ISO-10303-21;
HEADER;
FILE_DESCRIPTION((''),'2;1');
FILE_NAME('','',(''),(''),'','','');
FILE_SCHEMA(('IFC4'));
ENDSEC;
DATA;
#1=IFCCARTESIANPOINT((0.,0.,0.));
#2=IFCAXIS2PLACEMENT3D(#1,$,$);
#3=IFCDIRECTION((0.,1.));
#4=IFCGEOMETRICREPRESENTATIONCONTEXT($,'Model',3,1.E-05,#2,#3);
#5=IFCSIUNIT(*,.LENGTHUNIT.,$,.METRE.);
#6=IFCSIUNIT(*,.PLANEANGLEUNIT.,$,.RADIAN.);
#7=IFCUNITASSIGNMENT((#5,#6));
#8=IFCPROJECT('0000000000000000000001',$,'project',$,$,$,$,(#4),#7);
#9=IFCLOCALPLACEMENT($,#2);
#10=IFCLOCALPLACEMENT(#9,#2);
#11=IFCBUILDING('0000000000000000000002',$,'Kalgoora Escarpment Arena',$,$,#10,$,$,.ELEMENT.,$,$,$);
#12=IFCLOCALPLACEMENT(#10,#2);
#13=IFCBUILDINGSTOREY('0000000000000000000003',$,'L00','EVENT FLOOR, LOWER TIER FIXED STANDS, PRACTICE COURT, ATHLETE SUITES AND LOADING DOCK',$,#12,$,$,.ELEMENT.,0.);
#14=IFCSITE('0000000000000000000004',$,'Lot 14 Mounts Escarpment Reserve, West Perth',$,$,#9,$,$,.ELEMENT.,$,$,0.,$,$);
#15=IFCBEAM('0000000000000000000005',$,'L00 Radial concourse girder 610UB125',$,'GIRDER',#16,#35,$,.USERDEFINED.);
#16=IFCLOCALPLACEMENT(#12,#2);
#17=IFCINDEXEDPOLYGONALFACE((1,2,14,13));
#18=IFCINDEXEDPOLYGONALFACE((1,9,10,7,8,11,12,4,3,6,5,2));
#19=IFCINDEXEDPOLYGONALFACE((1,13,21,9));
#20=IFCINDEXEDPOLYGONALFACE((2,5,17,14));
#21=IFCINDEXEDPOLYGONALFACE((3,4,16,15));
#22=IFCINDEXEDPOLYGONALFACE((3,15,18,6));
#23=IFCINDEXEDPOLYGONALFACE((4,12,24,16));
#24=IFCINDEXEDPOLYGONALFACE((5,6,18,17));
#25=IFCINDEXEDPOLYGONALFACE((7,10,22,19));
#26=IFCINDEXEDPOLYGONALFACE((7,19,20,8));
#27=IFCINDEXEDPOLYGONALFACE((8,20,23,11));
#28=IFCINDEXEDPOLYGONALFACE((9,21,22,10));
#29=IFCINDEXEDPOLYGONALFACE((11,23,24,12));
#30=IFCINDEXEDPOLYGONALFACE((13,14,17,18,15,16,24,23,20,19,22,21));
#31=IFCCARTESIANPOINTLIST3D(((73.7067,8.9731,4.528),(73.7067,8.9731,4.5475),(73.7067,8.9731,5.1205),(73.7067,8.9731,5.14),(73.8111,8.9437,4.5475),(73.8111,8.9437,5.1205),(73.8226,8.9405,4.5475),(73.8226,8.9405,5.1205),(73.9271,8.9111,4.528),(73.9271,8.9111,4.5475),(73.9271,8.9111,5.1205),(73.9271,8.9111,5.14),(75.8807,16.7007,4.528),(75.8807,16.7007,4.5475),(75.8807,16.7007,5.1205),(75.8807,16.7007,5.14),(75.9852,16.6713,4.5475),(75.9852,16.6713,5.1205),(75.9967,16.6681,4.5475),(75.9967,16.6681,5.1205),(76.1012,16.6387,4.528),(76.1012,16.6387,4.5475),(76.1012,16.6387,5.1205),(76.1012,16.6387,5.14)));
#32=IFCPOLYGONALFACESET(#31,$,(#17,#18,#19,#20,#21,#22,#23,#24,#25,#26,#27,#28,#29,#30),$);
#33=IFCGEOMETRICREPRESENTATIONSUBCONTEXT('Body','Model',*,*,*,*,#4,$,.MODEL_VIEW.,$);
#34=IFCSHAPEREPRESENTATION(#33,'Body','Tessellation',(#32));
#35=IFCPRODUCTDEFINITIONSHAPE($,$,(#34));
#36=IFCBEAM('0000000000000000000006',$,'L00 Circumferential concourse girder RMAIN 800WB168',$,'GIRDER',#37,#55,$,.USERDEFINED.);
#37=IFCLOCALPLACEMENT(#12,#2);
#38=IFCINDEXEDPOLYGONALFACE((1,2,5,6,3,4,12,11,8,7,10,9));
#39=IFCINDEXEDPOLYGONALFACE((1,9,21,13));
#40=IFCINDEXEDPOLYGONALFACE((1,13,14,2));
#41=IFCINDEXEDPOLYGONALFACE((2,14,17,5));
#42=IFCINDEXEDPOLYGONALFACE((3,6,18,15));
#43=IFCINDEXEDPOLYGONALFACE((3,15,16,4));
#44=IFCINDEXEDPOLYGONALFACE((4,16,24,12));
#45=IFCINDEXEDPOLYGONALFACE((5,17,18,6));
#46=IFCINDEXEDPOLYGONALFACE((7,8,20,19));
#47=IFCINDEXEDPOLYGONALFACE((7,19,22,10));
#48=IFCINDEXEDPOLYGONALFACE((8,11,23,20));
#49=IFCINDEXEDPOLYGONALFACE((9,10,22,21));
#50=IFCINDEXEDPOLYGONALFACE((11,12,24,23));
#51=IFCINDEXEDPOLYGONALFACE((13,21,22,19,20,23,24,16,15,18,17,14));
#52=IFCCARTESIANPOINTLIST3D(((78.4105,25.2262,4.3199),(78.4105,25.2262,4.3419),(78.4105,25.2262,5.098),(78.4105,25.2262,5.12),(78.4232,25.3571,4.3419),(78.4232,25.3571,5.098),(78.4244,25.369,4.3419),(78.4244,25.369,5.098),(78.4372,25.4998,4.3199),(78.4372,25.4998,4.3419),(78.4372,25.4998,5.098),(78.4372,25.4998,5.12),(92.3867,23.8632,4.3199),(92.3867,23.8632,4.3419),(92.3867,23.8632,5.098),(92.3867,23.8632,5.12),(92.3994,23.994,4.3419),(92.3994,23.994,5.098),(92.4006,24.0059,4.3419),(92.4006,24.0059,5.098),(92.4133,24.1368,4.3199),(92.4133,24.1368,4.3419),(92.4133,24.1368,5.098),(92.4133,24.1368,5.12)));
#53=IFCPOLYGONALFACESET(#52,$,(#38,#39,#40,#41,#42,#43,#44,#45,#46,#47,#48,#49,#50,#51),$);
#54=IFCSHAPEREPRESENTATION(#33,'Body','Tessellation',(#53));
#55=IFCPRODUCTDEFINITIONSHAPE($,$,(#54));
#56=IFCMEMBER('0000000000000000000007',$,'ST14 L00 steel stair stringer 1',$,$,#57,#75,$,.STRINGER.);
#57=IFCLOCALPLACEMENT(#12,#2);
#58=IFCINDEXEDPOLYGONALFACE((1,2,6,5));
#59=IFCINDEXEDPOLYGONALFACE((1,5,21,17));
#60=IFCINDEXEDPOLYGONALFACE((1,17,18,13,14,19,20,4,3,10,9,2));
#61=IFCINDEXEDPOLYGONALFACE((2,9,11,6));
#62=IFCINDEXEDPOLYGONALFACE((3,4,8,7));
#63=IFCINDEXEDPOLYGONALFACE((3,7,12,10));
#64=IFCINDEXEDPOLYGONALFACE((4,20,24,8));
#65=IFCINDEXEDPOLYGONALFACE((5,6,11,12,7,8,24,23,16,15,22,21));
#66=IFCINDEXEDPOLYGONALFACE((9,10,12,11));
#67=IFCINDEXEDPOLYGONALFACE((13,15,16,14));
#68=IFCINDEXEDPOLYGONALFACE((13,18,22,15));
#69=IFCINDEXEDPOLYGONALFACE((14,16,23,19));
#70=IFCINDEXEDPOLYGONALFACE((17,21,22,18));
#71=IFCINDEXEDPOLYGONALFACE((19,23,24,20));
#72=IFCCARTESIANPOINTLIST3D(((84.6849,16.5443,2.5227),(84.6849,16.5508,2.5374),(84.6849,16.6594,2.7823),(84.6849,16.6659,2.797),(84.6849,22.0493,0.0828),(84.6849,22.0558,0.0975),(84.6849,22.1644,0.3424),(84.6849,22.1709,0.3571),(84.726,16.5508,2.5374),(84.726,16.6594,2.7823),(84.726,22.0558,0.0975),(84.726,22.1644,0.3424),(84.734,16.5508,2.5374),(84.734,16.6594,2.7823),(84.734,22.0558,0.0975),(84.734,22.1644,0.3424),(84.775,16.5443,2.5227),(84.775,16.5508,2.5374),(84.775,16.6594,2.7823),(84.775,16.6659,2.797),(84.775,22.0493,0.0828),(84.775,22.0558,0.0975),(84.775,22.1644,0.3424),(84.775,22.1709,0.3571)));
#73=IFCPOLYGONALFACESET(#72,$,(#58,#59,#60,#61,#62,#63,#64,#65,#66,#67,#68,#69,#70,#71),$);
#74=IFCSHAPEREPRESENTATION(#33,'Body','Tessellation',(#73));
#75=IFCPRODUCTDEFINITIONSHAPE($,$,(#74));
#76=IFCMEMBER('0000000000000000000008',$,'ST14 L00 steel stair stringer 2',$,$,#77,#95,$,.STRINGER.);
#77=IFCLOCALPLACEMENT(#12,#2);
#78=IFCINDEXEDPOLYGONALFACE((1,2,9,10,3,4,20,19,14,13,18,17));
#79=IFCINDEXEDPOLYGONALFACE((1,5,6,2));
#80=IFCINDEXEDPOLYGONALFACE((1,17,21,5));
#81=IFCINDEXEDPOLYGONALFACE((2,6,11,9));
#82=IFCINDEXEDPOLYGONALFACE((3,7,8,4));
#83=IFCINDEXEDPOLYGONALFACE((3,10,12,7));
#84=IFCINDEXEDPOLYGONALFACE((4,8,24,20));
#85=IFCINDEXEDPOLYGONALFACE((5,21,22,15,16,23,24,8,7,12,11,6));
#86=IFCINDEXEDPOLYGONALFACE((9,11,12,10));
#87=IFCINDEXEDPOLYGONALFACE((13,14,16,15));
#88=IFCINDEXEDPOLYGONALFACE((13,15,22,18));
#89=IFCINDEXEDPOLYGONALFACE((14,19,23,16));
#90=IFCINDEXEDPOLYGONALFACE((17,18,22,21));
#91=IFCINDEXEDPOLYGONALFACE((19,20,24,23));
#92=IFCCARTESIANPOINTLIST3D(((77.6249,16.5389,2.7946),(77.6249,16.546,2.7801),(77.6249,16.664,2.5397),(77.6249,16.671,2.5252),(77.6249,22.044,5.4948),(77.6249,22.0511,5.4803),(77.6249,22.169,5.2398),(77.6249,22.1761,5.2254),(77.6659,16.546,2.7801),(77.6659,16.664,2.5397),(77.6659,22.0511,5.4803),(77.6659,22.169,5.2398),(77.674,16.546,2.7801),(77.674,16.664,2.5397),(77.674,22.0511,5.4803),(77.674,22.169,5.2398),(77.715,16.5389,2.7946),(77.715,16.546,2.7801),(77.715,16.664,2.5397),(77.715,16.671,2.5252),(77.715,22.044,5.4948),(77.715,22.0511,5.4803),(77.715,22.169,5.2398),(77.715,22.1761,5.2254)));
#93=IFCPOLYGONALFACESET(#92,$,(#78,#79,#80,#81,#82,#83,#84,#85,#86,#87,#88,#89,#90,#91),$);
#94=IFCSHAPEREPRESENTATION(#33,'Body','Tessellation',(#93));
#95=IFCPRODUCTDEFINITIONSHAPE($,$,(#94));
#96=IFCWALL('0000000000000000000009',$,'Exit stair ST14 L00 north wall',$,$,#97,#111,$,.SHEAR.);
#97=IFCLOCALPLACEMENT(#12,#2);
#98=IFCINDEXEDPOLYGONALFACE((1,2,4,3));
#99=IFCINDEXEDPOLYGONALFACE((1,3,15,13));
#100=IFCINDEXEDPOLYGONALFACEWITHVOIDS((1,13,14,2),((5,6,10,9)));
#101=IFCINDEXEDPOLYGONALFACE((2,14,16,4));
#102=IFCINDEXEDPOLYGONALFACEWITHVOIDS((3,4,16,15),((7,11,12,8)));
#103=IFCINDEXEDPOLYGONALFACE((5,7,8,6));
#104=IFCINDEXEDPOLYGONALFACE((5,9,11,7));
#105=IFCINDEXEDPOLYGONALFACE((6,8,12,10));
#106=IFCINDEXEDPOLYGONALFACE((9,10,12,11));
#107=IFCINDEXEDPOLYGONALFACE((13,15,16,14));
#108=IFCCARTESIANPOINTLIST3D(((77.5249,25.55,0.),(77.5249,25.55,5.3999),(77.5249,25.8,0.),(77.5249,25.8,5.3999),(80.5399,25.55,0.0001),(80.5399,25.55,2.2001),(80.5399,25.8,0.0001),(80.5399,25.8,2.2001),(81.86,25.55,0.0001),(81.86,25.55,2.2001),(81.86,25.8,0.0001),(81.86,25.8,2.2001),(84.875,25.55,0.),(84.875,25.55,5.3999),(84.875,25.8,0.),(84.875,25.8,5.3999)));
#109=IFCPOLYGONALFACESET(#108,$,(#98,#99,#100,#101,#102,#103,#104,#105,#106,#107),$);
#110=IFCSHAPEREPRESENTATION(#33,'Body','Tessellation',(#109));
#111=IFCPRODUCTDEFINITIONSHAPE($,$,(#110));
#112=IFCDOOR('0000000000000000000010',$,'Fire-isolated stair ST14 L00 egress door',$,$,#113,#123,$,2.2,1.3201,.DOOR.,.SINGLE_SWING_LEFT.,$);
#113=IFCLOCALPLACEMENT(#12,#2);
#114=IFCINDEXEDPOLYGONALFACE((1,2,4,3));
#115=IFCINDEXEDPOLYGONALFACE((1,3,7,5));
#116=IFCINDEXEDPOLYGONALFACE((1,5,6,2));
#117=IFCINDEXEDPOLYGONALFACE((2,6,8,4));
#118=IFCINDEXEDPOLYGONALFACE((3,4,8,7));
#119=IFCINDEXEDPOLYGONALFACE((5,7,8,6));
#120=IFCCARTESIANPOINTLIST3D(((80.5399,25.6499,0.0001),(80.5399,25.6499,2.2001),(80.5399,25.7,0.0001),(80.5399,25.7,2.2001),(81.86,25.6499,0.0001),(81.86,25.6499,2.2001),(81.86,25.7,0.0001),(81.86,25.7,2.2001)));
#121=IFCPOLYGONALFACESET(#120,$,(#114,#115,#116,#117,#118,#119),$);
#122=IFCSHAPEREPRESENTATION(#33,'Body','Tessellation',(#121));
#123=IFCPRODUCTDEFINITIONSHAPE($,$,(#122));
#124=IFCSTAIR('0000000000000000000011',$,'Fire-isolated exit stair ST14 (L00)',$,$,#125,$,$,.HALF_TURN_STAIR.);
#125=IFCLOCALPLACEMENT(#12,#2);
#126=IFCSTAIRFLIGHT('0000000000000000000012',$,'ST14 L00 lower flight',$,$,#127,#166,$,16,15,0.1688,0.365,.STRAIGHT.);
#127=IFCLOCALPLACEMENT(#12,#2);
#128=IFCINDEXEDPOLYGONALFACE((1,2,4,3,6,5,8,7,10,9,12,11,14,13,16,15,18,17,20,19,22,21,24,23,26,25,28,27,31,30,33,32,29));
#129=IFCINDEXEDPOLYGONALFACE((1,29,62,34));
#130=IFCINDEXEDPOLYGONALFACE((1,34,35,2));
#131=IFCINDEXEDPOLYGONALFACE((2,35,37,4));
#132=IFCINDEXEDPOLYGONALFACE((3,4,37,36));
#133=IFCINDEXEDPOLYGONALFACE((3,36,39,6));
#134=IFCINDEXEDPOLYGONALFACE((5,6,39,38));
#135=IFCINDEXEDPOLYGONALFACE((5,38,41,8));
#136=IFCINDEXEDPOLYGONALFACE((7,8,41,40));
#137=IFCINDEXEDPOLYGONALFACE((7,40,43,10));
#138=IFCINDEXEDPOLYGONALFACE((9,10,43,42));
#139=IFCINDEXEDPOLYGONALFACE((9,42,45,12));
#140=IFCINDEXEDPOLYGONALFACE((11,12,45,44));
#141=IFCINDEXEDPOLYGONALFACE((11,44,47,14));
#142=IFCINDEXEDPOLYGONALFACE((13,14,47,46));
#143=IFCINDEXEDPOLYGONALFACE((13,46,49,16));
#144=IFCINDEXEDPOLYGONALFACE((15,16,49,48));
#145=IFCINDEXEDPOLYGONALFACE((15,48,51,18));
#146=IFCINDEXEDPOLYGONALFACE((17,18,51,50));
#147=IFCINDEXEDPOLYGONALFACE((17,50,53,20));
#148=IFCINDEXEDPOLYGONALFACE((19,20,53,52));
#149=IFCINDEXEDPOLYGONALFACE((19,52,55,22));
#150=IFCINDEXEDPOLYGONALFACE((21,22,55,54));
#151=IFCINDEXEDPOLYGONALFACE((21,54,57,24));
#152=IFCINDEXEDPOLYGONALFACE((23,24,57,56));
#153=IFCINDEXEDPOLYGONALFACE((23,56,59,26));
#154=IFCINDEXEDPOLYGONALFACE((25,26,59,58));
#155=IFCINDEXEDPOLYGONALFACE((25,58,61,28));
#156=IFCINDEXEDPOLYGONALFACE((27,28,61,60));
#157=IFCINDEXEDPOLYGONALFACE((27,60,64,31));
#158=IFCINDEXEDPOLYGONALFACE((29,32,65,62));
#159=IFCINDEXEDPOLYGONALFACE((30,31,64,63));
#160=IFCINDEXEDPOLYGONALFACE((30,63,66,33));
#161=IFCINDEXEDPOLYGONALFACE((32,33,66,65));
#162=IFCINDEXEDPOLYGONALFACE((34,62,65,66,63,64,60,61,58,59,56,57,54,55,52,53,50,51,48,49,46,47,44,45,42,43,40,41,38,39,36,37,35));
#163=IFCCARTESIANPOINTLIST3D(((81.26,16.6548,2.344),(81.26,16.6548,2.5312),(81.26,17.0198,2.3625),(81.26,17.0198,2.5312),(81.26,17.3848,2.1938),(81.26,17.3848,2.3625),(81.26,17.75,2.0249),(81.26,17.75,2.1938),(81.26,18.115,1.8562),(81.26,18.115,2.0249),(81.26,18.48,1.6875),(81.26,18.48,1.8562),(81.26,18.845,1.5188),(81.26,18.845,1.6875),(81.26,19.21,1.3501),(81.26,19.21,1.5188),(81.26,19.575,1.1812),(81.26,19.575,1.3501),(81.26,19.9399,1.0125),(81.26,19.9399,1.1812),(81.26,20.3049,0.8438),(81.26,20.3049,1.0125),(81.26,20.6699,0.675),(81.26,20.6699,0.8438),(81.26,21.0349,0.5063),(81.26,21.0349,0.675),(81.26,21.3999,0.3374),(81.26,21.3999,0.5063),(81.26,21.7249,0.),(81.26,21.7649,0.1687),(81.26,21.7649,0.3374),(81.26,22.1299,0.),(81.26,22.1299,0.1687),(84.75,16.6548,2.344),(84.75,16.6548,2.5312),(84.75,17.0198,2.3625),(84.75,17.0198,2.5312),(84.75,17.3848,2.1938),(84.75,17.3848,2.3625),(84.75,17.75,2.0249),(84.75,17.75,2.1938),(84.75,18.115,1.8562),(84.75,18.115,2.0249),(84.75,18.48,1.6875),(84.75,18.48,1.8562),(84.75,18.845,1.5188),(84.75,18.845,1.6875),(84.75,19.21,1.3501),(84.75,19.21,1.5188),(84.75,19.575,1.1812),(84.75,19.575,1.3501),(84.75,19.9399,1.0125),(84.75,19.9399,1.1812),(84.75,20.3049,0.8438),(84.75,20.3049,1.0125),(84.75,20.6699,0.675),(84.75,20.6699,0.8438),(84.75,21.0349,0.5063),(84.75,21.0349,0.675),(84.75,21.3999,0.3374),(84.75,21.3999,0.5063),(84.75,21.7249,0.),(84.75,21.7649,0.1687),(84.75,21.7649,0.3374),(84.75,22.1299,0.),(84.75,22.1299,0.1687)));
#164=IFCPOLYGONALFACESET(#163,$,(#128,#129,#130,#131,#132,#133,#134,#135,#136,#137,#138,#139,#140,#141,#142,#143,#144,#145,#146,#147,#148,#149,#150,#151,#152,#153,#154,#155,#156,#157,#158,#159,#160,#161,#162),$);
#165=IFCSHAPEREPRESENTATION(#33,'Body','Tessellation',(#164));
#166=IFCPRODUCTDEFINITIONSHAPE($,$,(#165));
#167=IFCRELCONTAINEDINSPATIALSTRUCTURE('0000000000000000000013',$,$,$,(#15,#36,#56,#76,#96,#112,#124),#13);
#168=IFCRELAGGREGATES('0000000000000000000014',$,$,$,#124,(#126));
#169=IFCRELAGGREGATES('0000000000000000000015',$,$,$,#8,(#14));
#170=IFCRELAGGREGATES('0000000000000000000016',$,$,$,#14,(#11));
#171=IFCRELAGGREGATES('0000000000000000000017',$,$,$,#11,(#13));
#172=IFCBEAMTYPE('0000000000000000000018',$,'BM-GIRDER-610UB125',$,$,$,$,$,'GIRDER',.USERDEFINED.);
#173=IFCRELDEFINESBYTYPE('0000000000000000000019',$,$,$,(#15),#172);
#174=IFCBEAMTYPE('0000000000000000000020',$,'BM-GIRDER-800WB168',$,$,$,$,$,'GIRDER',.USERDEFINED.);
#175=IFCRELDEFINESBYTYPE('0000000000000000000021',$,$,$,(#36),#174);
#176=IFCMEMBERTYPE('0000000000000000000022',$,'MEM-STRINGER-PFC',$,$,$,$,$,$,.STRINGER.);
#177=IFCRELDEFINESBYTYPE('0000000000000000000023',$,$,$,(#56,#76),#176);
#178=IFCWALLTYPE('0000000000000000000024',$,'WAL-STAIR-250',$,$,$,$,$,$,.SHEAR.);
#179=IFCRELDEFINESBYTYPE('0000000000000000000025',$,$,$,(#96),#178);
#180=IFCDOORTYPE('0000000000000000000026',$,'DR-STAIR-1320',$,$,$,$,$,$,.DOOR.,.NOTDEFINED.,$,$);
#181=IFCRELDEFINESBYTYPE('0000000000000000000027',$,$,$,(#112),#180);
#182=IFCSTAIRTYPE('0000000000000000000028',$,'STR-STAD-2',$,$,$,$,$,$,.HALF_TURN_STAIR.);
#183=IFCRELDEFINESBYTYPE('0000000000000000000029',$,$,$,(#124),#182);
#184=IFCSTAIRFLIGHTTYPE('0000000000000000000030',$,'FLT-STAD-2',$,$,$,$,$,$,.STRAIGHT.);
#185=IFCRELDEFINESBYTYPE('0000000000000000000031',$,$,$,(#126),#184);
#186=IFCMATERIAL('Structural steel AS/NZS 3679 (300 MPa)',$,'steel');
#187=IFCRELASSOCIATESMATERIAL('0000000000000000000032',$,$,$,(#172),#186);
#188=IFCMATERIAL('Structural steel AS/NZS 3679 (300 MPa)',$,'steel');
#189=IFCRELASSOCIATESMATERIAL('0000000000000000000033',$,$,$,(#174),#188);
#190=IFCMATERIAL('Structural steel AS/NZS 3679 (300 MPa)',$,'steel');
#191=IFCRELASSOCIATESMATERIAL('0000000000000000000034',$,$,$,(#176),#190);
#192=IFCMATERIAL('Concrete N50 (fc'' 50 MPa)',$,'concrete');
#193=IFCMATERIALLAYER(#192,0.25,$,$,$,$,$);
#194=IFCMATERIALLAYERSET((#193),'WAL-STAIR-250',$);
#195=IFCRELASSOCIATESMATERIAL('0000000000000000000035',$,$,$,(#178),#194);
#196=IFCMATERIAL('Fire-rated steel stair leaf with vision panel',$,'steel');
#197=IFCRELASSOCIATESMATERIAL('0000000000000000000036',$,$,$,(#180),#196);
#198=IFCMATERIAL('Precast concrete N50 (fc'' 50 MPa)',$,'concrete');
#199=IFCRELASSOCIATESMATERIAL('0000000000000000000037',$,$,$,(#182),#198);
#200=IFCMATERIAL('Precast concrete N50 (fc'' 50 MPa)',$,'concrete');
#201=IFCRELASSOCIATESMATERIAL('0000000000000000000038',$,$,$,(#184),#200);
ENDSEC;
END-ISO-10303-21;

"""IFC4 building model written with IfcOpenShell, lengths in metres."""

from ifc_helpers import new_model, si_unit, direction, frame, frame_2d, origin, origin_2d, place, context, subcontext, project, spatial, polyline, rectangle, i_section, outline, extrude, material, layer, layer_set, material_profile, profile_set, type_object, element, fill, aggregate, save


model = new_model("IFC4")

# Units and contexts
model_context = context("Model", 3, precision=1e-05, world=origin(), true_north=direction((0.0, 1.0)))
body_context = subcontext(model_context, "Body", "Model", "MODEL_VIEW")
ifc_project = project(units=[si_unit("LENGTHUNIT", "METRE"), si_unit("PLANEANGLEUNIT", "RADIAN")], contexts=[model_context])

# Site, building, storey
site_placement = place(None, origin())
site = spatial("IfcSite", under=ifc_project, at=site_placement, Name="Lot 14 Mounts Escarpment Reserve, West Perth", CompositionType="ELEMENT", RefElevation=0.0)
building_placement = place(site_placement, origin())
building = spatial("IfcBuilding", under=site, at=building_placement, Name="Kalgoora Escarpment Arena", CompositionType="ELEMENT")
storey_placement = place(building_placement, origin())
storey = spatial("IfcBuildingStorey", under=building, at=storey_placement, Name="L00", Description="EVENT FLOOR, LOWER TIER FIXED STANDS, PRACTICE COURT, ATHLETE SUITES AND LOADING DOCK", CompositionType="ELEMENT", Elevation=0.0)

# Beams
ifc_material_1 = material(Name="Structural steel AS/NZS 3679 (300 MPa)", Category="steel")
ifc_material_profile_1 = material_profile(ifc_material_1, i_section(OverallWidth=0.229, OverallDepth=0.6121, WebThickness=0.012, FlangeThickness=0.0195, at=origin_2d()))
ifc_profile_set_1 = profile_set([ifc_material_profile_1], Name="Structural steel AS/NZS 3679 (300 MPa)")
beam_type_1 = type_object("IfcBeamType", Name="BM-GIRDER-610UB125", ElementType="GIRDER", PredefinedType="USERDEFINED", material=ifc_profile_set_1)
beam_1_placement = place(storey_placement, frame((75.991, 16.6697, 4.834), z_axis=(-0.270827, -0.962628, 0.0), x_axis=(0.962628, -0.270827, 0.0)))
element("IfcBeam", 1, at=beam_1_placement, inside=storey, type_object=beam_type_1, Name="L00 Radial concourse girder 610UB125", ObjectType="GIRDER", PredefinedType="USERDEFINED", context=body_context, shape_type="SweptSolid", body=[
    extrude(i_section(OverallWidth=0.229, OverallDepth=0.6121, WebThickness=0.012, FlangeThickness=0.0195, at=origin_2d()), origin(), (0.0, 0.0, 1.0), 8.0276),
])
ifc_material_2 = material(Name="Structural steel AS/NZS 3679 (300 MPa)", Category="steel")
ifc_material_profile_2 = material_profile(ifc_material_2, i_section(OverallWidth=0.2749, OverallDepth=0.8, WebThickness=0.012, FlangeThickness=0.022, at=origin_2d()))
ifc_profile_set_2 = profile_set([ifc_material_profile_2], Name="Structural steel AS/NZS 3679 (300 MPa)")
beam_type_2 = type_object("IfcBeamType", Name="BM-GIRDER-800WB168", ElementType="GIRDER", PredefinedType="USERDEFINED", material=ifc_profile_set_2)
beam_2_placement = place(storey_placement, frame((78.4238, 25.363, 4.72), z_axis=(0.995278, -0.097066, 0.0), x_axis=(0.097066, 0.995278, 0.0)))
element("IfcBeam", 2, at=beam_2_placement, inside=storey, type_object=beam_type_2, Name="L00 Circumferential concourse girder RMAIN 800WB168", ObjectType="GIRDER", PredefinedType="USERDEFINED", context=body_context, shape_type="SweptSolid", body=[
    extrude(i_section(OverallWidth=0.2749, OverallDepth=0.8, WebThickness=0.012, FlangeThickness=0.022, at=origin_2d()), origin(), (0.0, 0.0, 1.0), 14.0425),
])

# Members
ifc_material_3 = material(Name="Structural steel AS/NZS 3679 (300 MPa)", Category="steel")
ifc_material_profile_3 = material_profile(ifc_material_3, i_section(OverallWidth=0.0901, OverallDepth=0.3, WebThickness=0.0081, FlangeThickness=0.0161, at=origin_2d()))
ifc_profile_set_3 = profile_set([ifc_material_profile_3], Name="Structural steel AS/NZS 3679 (300 MPa)")
member_type = type_object("IfcMemberType", Name="MEM-STRINGER-PFC", PredefinedType="STRINGER", material=ifc_profile_set_3)
member_1_placement = place(storey_placement, frame((84.73, 22.1101, 0.22), z_axis=(0.0, -0.914229, 0.405198), x_axis=(1.0, 0.0, 0.0)))
element("IfcMember", 3, at=member_1_placement, inside=storey, type_object=member_type, Name="ST14 L00 steel stair stringer 1", PredefinedType="STRINGER", context=body_context, shape_type="SweptSolid", body=[
    extrude(i_section(OverallWidth=0.0901, OverallDepth=0.3, WebThickness=0.0081, FlangeThickness=0.0161, at=origin_2d()), origin(), (0.0, 0.0, 1.0), 6.0215),
])
member_2_placement = place(storey_placement, frame((77.6699, 16.605, 2.6599), z_axis=(0.0, 0.897817, 0.440368), x_axis=(-1.0, 0.0, 0.0)))
element("IfcMember", 4, at=member_2_placement, inside=storey, type_object=member_type, Name="ST14 L00 steel stair stringer 2", PredefinedType="STRINGER", context=body_context, shape_type="SweptSolid", body=[
    extrude(i_section(OverallWidth=0.0901, OverallDepth=0.3, WebThickness=0.0081, FlangeThickness=0.0161, at=origin_2d()), origin(), (0.0, 0.0, 1.0), 6.1316),
])

# Wall, opening, door
ifc_material_4 = material(Name="Concrete N50 (fc' 50 MPa)", Category="concrete")
ifc_layer = layer(ifc_material_4, 0.25)
ifc_layer_set = layer_set([ifc_layer], Name="WAL-STAIR-250")
wall_type = type_object("IfcWallType", Name="WAL-STAIR-250", PredefinedType="SHEAR", material=ifc_layer_set)
wall_placement = place(storey_placement, frame((77.5249, 25.675, 0.0), z_axis=(0.0, 0.0, 1.0), x_axis=(1.0, 0.0, 0.0)))
wall = element("IfcWall", 5, at=wall_placement, inside=storey, type_object=wall_type, Name="Exit stair ST14 L00 north wall", PredefinedType="SHEAR", context=body_context, shape_type="SweptSolid", body=[
    extrude(rectangle(XDim=7.3501, YDim=0.25, at=frame_2d((3.675, 0.0))), origin(), (0.0, 0.0, 1.0), 5.3999),
])
opening_placement = place(wall_placement, frame((3.0149, 0.0, 0.0)))
opening = element("IfcOpeningElement", 6, at=opening_placement, cuts=wall, PredefinedType="OPENING", context=body_context, shape_type="SweptSolid", body=[
    extrude(rectangle(XDim=1.3201, YDim=2.2, at=frame_2d((0.6602, 1.1001))), frame((0.0, 0.135, 0.0), z_axis=(0.0, -1.0, 0.0), x_axis=(1.0, 0.0, 0.0)), (0.0, 0.0, 1.0), 0.27),
])
ifc_material_5 = material(Name="Fire-rated steel stair leaf with vision panel", Category="steel")
door_type = type_object("IfcDoorType", Name="DR-STAIR-1320", OperationType="NOTDEFINED", PredefinedType="DOOR", material=ifc_material_5)
door_placement = place(opening_placement, origin())
door = element("IfcDoor", 7, at=door_placement, inside=storey, type_object=door_type, Name="Fire-isolated stair ST14 L00 egress door", OperationType="SINGLE_SWING_LEFT", OverallHeight=2.2, OverallWidth=1.3201, PredefinedType="DOOR", context=body_context, shape_type="SweptSolid", body=[
    extrude(rectangle(XDim=1.3201, YDim=2.2, at=frame_2d((0.6602, 1.1001))), frame((0.0, 0.0249, 0.0), z_axis=(0.0, -1.0, 0.0), x_axis=(1.0, 0.0, 0.0)), (0.0, 0.0, 1.0), 0.05),
])
fill(opening, door)

# Stair, stair flight
ifc_material_6 = material(Name="Precast concrete N50 (fc' 50 MPa)", Category="concrete")
stair_type = type_object("IfcStairType", Name="STR-STAD-2", PredefinedType="HALF_TURN_STAIR", material=ifc_material_6)
stair_placement = place(storey_placement, origin())
stair = element("IfcStair", 8, at=stair_placement, inside=storey, type_object=stair_type, Name="Fire-isolated exit stair ST14 (L00)", PredefinedType="HALF_TURN_STAIR")
ifc_material_7 = material(Name="Precast concrete N50 (fc' 50 MPa)", Category="concrete")
stair_flight_type = type_object("IfcStairFlightType", Name="FLT-STAD-2", PredefinedType="STRAIGHT", material=ifc_material_7)
stair_flight_1_placement = place(storey_placement, frame((83.0049, 22.1299, 0.0), z_axis=(0.0, 0.0, 1.0), x_axis=(0.0, -1.0, 0.0)))
stair_flight_1 = element("IfcStairFlight", 9, at=stair_flight_1_placement, type_object=stair_flight_type, Name="ST14 L00 lower flight", NumberOfRisers=16, NumberOfTreads=15, PredefinedType="STRAIGHT", RiserHeight=0.1688, TreadLength=0.365, context=body_context, shape_type="SweptSolid", body=[
    extrude(outline(polyline([(0.0, 0.0), (0.0, 0.1687), (0.365, 0.1687), (0.365, 0.3374), (0.73, 0.3374), (0.73, 0.5063), (1.095, 0.5063), (1.095, 0.675), (1.46, 0.675), (1.46, 0.8438), (1.825, 0.8438), (1.825, 1.0125), (2.1899, 1.0125), (2.1899, 1.1812), (2.5549, 1.1812), (2.5549, 1.3501), (2.9199, 1.3501), (2.9199, 1.5188), (3.2849, 1.5188), (3.2849, 1.6875), (3.6499, 1.6875), (3.6499, 1.8562), (4.0149, 1.8562), (4.0149, 2.0249), (4.3799, 2.0249), (4.3799, 2.1938), (4.7451, 2.1938), (4.7451, 2.3625), (5.1101, 2.3625), (5.1101, 2.5312), (5.4751, 2.5312), (5.4751, 2.7), (5.4751, 2.344), (0.405, 0.0), (0.0, 0.0)])), frame((0.0, 1.7451, 0.0), z_axis=(0.0, -1.0, 0.0), x_axis=(1.0, 0.0, 0.0)), (0.0, 0.0, 1.0), 3.49),
])
aggregate(stair, [stair_flight_1])

save(model, "model.ifc")
